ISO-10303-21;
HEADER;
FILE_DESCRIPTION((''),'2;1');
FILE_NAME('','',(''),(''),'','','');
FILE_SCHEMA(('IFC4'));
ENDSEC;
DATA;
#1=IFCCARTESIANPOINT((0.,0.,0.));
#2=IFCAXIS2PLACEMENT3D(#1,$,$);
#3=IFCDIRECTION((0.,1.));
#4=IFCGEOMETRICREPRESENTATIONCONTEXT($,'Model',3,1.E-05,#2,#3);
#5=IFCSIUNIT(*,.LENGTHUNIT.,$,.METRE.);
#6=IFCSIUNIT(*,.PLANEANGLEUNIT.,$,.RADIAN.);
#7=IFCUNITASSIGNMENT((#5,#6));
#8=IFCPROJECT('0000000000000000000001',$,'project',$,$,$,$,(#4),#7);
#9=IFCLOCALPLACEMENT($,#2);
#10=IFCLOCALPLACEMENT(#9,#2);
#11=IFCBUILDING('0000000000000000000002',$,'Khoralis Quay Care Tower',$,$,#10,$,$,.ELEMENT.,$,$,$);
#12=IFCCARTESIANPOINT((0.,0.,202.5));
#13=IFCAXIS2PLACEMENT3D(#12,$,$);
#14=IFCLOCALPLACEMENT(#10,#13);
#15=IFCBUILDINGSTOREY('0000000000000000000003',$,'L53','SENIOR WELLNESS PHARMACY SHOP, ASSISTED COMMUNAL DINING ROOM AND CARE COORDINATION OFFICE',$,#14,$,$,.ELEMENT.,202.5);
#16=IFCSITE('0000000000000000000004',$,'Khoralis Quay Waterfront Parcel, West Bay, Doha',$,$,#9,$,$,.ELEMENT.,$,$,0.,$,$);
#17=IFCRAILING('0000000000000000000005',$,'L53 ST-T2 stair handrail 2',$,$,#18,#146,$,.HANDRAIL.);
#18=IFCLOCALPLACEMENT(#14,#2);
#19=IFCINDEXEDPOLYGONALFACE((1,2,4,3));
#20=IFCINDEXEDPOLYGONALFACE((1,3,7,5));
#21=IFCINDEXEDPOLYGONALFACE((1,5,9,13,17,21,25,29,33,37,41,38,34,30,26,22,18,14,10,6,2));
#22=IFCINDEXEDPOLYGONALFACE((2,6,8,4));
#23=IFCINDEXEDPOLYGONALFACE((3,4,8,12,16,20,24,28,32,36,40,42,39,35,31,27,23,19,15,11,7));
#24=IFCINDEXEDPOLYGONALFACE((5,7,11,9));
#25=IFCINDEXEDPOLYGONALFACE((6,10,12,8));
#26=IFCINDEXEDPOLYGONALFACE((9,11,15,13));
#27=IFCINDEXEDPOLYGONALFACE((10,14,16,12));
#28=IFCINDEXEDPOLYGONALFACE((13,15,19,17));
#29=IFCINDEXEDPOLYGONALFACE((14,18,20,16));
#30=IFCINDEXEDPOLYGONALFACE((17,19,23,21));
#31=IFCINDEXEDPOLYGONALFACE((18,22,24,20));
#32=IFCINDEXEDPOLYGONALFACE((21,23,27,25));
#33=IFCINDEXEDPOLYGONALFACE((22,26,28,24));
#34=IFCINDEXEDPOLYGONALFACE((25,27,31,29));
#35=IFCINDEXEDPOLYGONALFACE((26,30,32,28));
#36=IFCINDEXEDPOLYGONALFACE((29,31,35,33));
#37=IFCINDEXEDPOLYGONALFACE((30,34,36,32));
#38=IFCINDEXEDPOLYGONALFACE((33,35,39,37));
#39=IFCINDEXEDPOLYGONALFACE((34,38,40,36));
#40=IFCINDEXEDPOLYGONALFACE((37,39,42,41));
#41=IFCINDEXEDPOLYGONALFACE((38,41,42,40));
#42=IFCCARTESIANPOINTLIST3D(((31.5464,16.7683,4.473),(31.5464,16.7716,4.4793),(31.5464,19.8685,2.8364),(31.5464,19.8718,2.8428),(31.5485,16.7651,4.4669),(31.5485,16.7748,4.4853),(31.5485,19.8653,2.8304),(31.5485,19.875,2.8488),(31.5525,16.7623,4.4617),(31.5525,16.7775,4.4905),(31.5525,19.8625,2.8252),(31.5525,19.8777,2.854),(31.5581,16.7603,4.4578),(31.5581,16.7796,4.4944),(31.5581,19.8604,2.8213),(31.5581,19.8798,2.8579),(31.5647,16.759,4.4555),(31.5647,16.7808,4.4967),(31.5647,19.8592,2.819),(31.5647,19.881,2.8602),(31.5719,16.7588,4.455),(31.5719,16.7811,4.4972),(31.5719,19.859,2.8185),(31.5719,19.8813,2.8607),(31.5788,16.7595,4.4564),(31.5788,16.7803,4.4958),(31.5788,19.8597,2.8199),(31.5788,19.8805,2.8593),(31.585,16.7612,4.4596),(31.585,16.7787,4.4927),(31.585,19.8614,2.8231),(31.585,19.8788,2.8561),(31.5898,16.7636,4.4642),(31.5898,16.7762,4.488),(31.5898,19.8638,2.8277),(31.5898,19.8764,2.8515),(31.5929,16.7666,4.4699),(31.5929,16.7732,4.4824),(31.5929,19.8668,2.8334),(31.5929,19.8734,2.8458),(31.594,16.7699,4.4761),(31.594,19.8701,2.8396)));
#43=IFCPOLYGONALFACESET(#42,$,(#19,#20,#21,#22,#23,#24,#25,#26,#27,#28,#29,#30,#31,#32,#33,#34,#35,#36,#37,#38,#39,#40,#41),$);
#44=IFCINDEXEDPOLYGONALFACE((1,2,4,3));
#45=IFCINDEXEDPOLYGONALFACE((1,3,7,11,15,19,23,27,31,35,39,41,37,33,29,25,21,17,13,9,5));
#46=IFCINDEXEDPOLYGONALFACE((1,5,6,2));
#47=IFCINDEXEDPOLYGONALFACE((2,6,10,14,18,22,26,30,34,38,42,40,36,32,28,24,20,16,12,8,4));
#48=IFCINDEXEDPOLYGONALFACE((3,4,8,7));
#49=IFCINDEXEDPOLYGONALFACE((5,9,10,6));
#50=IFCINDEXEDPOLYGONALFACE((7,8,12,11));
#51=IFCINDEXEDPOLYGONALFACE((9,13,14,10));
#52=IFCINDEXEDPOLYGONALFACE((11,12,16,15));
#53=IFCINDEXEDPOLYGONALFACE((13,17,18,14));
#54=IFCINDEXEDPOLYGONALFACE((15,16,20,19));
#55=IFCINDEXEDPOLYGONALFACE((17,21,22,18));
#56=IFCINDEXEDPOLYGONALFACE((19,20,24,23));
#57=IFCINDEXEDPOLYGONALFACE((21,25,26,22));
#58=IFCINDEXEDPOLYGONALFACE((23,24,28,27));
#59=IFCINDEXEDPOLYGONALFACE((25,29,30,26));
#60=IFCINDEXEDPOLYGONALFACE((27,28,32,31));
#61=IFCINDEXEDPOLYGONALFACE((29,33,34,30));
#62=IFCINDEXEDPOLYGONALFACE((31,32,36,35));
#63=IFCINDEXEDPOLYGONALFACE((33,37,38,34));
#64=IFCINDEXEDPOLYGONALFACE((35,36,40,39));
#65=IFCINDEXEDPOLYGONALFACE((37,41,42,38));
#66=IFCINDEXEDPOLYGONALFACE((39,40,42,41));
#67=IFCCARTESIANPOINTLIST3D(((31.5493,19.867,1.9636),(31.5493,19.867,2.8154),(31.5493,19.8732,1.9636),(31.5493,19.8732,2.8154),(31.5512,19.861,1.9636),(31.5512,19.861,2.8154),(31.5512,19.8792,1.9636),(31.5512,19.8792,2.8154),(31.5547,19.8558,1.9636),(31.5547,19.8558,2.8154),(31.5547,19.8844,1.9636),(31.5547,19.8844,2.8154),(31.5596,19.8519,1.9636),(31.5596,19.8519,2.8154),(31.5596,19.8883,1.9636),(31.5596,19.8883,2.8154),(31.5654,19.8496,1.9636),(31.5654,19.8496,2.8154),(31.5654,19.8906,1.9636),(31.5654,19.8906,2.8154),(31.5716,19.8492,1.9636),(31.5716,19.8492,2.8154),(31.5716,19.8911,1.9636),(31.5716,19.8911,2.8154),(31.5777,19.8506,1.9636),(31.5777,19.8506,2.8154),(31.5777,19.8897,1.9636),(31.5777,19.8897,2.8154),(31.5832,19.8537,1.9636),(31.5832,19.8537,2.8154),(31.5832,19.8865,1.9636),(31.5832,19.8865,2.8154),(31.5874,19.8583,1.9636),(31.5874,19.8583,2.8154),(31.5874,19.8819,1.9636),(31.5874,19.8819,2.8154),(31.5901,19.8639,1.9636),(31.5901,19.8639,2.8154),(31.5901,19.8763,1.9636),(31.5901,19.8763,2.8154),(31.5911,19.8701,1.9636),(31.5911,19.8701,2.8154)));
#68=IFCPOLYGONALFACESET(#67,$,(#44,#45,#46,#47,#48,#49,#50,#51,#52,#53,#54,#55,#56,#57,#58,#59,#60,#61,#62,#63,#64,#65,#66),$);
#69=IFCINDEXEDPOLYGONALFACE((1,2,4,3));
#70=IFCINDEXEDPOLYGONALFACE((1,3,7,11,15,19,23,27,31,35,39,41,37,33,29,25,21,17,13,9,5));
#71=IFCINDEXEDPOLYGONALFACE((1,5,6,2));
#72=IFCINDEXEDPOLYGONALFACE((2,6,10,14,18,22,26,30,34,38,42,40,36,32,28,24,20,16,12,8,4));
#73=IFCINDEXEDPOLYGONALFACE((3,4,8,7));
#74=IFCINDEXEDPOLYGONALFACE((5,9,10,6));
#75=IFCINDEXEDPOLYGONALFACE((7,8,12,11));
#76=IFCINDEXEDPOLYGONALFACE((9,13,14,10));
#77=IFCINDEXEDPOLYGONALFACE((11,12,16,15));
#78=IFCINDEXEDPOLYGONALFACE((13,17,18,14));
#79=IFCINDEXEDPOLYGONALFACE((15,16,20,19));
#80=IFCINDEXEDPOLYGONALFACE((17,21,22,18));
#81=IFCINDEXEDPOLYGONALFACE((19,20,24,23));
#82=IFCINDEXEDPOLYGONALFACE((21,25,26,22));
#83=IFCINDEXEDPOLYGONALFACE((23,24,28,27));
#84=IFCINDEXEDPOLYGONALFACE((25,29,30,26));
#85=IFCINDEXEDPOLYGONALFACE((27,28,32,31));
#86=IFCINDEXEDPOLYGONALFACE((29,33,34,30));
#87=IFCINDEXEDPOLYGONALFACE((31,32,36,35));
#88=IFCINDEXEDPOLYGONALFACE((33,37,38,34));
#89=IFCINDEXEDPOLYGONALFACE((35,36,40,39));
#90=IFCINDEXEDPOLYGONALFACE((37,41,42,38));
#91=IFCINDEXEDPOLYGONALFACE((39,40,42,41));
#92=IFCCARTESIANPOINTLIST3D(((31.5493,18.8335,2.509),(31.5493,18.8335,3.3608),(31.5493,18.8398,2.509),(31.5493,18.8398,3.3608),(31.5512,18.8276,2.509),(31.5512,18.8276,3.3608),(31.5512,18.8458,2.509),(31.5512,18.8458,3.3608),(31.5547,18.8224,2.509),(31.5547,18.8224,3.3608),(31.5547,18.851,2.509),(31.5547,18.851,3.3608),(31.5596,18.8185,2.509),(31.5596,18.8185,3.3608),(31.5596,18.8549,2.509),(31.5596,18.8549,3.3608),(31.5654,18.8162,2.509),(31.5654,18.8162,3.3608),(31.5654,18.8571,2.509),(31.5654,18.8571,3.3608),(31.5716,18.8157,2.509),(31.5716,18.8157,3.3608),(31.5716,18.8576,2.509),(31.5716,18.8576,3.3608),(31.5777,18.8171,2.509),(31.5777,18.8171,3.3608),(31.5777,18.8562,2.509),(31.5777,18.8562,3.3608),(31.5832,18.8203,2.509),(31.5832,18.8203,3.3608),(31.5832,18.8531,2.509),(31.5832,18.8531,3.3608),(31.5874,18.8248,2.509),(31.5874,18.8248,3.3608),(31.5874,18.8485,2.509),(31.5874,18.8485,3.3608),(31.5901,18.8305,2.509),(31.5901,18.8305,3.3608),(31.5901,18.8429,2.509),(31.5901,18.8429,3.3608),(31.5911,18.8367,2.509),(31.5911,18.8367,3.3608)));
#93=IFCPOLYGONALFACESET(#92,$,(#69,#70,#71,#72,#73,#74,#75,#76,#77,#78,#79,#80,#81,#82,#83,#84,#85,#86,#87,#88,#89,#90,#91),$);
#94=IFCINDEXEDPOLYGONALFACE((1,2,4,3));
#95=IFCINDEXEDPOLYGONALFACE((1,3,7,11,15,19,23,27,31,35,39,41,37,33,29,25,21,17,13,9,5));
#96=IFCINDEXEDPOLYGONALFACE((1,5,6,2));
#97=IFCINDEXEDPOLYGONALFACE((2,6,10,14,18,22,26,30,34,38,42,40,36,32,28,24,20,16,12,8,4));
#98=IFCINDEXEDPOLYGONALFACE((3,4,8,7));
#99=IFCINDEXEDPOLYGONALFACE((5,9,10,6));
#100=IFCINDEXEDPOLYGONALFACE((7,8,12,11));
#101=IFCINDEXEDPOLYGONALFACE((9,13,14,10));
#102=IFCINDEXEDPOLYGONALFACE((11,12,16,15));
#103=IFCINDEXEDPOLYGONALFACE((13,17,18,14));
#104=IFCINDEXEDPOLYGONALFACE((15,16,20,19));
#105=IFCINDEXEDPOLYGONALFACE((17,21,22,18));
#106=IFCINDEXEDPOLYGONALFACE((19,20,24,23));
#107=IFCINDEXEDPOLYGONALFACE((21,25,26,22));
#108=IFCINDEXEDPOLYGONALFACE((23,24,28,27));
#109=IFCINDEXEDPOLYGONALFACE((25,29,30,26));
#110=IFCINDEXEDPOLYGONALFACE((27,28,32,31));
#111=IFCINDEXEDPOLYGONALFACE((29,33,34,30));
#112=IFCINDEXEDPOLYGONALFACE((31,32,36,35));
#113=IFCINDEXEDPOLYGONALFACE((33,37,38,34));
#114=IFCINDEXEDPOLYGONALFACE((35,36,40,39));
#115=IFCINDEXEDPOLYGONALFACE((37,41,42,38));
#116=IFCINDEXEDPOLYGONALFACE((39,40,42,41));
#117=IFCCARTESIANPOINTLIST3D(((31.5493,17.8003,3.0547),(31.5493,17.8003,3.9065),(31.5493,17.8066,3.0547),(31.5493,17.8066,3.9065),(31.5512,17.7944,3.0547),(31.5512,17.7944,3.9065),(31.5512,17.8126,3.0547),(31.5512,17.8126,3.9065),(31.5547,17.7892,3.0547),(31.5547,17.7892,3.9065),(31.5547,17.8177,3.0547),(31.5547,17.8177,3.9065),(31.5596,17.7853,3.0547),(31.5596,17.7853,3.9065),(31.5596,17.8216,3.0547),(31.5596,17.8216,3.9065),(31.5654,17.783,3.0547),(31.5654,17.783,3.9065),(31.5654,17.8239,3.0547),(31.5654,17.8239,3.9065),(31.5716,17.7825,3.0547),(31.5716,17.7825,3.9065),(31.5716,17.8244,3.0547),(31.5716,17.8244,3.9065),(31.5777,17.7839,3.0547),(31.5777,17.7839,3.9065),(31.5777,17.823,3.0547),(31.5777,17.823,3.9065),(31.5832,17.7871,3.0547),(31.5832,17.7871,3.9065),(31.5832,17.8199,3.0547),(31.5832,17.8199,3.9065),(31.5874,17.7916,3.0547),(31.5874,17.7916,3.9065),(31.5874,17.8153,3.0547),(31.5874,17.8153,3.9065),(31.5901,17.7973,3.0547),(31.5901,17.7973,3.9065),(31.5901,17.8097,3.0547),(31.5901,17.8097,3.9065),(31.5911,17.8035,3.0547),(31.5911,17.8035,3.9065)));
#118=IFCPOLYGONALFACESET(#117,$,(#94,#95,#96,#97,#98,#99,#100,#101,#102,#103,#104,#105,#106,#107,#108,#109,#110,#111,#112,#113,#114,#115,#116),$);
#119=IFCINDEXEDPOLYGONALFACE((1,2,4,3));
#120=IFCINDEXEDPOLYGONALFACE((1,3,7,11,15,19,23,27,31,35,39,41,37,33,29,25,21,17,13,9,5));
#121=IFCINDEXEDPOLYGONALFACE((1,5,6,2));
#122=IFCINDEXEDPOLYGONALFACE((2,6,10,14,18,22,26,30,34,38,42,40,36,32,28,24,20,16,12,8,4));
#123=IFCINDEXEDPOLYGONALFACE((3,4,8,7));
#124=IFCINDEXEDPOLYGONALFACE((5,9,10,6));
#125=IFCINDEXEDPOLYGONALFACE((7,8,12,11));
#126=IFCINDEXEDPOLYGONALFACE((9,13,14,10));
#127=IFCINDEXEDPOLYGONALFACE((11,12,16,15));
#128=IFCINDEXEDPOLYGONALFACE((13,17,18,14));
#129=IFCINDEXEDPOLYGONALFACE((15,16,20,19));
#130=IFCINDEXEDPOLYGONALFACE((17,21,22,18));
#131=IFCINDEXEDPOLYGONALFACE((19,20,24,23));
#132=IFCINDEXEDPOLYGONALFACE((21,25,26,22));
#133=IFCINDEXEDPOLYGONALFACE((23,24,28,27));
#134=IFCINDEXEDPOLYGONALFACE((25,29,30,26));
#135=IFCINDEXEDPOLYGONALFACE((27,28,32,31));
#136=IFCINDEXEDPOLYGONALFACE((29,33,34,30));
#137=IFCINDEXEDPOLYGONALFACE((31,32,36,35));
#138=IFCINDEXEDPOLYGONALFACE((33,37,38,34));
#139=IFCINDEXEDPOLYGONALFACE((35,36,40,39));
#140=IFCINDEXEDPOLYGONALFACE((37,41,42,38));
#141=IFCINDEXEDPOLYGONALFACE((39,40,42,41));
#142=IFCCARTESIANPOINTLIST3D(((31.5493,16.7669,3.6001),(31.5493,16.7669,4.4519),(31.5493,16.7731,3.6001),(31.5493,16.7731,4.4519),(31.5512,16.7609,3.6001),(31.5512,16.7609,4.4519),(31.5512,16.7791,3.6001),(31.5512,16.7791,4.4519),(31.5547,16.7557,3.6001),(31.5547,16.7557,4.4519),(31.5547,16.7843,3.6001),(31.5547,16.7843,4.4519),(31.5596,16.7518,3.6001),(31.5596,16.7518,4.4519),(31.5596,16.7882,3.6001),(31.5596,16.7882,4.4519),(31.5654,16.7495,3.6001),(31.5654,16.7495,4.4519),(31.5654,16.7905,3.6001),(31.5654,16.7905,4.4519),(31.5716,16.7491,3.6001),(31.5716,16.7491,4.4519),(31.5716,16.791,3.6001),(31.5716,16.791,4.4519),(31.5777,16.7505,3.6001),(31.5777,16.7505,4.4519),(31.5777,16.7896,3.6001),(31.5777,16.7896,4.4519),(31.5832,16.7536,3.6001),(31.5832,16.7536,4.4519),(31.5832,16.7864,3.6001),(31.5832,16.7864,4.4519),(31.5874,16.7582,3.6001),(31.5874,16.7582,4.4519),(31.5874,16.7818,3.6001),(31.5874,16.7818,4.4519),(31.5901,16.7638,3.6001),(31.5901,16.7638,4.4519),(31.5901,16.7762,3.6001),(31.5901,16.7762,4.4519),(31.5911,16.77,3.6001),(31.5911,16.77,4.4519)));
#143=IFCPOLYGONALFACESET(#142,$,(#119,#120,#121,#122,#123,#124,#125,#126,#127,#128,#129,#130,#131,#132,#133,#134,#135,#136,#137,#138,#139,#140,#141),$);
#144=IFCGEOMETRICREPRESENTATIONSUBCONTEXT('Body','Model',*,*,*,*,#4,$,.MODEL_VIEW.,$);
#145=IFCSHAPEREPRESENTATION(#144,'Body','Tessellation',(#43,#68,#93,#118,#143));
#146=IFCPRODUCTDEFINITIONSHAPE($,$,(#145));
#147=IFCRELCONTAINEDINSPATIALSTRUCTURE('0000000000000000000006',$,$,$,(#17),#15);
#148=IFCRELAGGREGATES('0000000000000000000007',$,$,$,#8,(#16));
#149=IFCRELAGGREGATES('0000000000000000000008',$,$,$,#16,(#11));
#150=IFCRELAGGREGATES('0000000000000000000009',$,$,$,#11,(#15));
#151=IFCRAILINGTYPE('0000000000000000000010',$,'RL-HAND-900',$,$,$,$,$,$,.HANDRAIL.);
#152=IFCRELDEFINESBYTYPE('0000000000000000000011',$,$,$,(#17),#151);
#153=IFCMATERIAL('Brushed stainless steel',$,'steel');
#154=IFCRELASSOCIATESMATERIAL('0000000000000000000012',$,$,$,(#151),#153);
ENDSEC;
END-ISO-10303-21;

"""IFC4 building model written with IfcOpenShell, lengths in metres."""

from ifc_helpers import new_model, si_unit, direction, frame, origin, origin_2d, place, context, subcontext, project, spatial, circle, extrude, material, type_object, element, save


model = new_model("IFC4")

# Units and contexts
model_context = context("Model", 3, precision=1e-05, world=origin(), true_north=direction((0.0, 1.0)))
body_context = subcontext(model_context, "Body", "Model", "MODEL_VIEW")
ifc_project = project(units=[si_unit("LENGTHUNIT", "METRE"), si_unit("PLANEANGLEUNIT", "RADIAN")], contexts=[model_context])

# Site, building, storey
site_placement = place(None, origin())
site = spatial("IfcSite", under=ifc_project, at=site_placement, Name="Khoralis Quay Waterfront Parcel, West Bay, Doha", CompositionType="ELEMENT", RefElevation=0.0)
building_placement = place(site_placement, origin())
building = spatial("IfcBuilding", under=site, at=building_placement, Name="Khoralis Quay Care Tower", CompositionType="ELEMENT")
storey_placement = place(building_placement, frame((0.0, 0.0, 202.5)))
storey = spatial("IfcBuildingStorey", under=building, at=storey_placement, Name="L53", Description="SENIOR WELLNESS PHARMACY SHOP, ASSISTED COMMUNAL DINING ROOM AND CARE COORDINATION OFFICE", CompositionType="ELEMENT", Elevation=202.5)

# Shared definitions
ifc_material_1 = material(Name="Brushed stainless steel", Category="steel")

# Railing
railing_type_1 = type_object("IfcRailingType", Name="RL-HAND-900", PredefinedType="HANDRAIL", material=ifc_material_1)
railing_1_placement = place(storey_placement, frame((31.5701, 19.8701, 1.9636)))
element("IfcRailing", 1, at=railing_1_placement, inside=storey, type_object=railing_type_1, Name="L53 ST-T2 stair handrail 2", PredefinedType="HANDRAIL", context=body_context, shape_type="SweptSolid", body=[
    extrude(circle(Radius=0.0239, at=origin_2d()), frame((0.0, 0.0, 0.876), z_axis=(0.0, -0.884348, 0.466828), x_axis=(1.0, 0.0, 0.0)), (0.0, 0.0, 1.0), 3.5056),
    extrude(circle(Radius=0.021, at=origin_2d()), origin(), (0.0, 0.0, 1.0), 0.8518),
    extrude(circle(Radius=0.021, at=origin_2d()), frame((0.0, -1.0334, 0.5454)), (0.0, 0.0, 1.0), 0.8518),
    extrude(circle(Radius=0.021, at=origin_2d()), frame((0.0, -2.0667, 1.0911)), (0.0, 0.0, 1.0), 0.8518),
    extrude(circle(Radius=0.021, at=origin_2d()), frame((0.0, -3.1001, 1.6365)), (0.0, 0.0, 1.0), 0.8518),
])

save(model, "model.ifc")
